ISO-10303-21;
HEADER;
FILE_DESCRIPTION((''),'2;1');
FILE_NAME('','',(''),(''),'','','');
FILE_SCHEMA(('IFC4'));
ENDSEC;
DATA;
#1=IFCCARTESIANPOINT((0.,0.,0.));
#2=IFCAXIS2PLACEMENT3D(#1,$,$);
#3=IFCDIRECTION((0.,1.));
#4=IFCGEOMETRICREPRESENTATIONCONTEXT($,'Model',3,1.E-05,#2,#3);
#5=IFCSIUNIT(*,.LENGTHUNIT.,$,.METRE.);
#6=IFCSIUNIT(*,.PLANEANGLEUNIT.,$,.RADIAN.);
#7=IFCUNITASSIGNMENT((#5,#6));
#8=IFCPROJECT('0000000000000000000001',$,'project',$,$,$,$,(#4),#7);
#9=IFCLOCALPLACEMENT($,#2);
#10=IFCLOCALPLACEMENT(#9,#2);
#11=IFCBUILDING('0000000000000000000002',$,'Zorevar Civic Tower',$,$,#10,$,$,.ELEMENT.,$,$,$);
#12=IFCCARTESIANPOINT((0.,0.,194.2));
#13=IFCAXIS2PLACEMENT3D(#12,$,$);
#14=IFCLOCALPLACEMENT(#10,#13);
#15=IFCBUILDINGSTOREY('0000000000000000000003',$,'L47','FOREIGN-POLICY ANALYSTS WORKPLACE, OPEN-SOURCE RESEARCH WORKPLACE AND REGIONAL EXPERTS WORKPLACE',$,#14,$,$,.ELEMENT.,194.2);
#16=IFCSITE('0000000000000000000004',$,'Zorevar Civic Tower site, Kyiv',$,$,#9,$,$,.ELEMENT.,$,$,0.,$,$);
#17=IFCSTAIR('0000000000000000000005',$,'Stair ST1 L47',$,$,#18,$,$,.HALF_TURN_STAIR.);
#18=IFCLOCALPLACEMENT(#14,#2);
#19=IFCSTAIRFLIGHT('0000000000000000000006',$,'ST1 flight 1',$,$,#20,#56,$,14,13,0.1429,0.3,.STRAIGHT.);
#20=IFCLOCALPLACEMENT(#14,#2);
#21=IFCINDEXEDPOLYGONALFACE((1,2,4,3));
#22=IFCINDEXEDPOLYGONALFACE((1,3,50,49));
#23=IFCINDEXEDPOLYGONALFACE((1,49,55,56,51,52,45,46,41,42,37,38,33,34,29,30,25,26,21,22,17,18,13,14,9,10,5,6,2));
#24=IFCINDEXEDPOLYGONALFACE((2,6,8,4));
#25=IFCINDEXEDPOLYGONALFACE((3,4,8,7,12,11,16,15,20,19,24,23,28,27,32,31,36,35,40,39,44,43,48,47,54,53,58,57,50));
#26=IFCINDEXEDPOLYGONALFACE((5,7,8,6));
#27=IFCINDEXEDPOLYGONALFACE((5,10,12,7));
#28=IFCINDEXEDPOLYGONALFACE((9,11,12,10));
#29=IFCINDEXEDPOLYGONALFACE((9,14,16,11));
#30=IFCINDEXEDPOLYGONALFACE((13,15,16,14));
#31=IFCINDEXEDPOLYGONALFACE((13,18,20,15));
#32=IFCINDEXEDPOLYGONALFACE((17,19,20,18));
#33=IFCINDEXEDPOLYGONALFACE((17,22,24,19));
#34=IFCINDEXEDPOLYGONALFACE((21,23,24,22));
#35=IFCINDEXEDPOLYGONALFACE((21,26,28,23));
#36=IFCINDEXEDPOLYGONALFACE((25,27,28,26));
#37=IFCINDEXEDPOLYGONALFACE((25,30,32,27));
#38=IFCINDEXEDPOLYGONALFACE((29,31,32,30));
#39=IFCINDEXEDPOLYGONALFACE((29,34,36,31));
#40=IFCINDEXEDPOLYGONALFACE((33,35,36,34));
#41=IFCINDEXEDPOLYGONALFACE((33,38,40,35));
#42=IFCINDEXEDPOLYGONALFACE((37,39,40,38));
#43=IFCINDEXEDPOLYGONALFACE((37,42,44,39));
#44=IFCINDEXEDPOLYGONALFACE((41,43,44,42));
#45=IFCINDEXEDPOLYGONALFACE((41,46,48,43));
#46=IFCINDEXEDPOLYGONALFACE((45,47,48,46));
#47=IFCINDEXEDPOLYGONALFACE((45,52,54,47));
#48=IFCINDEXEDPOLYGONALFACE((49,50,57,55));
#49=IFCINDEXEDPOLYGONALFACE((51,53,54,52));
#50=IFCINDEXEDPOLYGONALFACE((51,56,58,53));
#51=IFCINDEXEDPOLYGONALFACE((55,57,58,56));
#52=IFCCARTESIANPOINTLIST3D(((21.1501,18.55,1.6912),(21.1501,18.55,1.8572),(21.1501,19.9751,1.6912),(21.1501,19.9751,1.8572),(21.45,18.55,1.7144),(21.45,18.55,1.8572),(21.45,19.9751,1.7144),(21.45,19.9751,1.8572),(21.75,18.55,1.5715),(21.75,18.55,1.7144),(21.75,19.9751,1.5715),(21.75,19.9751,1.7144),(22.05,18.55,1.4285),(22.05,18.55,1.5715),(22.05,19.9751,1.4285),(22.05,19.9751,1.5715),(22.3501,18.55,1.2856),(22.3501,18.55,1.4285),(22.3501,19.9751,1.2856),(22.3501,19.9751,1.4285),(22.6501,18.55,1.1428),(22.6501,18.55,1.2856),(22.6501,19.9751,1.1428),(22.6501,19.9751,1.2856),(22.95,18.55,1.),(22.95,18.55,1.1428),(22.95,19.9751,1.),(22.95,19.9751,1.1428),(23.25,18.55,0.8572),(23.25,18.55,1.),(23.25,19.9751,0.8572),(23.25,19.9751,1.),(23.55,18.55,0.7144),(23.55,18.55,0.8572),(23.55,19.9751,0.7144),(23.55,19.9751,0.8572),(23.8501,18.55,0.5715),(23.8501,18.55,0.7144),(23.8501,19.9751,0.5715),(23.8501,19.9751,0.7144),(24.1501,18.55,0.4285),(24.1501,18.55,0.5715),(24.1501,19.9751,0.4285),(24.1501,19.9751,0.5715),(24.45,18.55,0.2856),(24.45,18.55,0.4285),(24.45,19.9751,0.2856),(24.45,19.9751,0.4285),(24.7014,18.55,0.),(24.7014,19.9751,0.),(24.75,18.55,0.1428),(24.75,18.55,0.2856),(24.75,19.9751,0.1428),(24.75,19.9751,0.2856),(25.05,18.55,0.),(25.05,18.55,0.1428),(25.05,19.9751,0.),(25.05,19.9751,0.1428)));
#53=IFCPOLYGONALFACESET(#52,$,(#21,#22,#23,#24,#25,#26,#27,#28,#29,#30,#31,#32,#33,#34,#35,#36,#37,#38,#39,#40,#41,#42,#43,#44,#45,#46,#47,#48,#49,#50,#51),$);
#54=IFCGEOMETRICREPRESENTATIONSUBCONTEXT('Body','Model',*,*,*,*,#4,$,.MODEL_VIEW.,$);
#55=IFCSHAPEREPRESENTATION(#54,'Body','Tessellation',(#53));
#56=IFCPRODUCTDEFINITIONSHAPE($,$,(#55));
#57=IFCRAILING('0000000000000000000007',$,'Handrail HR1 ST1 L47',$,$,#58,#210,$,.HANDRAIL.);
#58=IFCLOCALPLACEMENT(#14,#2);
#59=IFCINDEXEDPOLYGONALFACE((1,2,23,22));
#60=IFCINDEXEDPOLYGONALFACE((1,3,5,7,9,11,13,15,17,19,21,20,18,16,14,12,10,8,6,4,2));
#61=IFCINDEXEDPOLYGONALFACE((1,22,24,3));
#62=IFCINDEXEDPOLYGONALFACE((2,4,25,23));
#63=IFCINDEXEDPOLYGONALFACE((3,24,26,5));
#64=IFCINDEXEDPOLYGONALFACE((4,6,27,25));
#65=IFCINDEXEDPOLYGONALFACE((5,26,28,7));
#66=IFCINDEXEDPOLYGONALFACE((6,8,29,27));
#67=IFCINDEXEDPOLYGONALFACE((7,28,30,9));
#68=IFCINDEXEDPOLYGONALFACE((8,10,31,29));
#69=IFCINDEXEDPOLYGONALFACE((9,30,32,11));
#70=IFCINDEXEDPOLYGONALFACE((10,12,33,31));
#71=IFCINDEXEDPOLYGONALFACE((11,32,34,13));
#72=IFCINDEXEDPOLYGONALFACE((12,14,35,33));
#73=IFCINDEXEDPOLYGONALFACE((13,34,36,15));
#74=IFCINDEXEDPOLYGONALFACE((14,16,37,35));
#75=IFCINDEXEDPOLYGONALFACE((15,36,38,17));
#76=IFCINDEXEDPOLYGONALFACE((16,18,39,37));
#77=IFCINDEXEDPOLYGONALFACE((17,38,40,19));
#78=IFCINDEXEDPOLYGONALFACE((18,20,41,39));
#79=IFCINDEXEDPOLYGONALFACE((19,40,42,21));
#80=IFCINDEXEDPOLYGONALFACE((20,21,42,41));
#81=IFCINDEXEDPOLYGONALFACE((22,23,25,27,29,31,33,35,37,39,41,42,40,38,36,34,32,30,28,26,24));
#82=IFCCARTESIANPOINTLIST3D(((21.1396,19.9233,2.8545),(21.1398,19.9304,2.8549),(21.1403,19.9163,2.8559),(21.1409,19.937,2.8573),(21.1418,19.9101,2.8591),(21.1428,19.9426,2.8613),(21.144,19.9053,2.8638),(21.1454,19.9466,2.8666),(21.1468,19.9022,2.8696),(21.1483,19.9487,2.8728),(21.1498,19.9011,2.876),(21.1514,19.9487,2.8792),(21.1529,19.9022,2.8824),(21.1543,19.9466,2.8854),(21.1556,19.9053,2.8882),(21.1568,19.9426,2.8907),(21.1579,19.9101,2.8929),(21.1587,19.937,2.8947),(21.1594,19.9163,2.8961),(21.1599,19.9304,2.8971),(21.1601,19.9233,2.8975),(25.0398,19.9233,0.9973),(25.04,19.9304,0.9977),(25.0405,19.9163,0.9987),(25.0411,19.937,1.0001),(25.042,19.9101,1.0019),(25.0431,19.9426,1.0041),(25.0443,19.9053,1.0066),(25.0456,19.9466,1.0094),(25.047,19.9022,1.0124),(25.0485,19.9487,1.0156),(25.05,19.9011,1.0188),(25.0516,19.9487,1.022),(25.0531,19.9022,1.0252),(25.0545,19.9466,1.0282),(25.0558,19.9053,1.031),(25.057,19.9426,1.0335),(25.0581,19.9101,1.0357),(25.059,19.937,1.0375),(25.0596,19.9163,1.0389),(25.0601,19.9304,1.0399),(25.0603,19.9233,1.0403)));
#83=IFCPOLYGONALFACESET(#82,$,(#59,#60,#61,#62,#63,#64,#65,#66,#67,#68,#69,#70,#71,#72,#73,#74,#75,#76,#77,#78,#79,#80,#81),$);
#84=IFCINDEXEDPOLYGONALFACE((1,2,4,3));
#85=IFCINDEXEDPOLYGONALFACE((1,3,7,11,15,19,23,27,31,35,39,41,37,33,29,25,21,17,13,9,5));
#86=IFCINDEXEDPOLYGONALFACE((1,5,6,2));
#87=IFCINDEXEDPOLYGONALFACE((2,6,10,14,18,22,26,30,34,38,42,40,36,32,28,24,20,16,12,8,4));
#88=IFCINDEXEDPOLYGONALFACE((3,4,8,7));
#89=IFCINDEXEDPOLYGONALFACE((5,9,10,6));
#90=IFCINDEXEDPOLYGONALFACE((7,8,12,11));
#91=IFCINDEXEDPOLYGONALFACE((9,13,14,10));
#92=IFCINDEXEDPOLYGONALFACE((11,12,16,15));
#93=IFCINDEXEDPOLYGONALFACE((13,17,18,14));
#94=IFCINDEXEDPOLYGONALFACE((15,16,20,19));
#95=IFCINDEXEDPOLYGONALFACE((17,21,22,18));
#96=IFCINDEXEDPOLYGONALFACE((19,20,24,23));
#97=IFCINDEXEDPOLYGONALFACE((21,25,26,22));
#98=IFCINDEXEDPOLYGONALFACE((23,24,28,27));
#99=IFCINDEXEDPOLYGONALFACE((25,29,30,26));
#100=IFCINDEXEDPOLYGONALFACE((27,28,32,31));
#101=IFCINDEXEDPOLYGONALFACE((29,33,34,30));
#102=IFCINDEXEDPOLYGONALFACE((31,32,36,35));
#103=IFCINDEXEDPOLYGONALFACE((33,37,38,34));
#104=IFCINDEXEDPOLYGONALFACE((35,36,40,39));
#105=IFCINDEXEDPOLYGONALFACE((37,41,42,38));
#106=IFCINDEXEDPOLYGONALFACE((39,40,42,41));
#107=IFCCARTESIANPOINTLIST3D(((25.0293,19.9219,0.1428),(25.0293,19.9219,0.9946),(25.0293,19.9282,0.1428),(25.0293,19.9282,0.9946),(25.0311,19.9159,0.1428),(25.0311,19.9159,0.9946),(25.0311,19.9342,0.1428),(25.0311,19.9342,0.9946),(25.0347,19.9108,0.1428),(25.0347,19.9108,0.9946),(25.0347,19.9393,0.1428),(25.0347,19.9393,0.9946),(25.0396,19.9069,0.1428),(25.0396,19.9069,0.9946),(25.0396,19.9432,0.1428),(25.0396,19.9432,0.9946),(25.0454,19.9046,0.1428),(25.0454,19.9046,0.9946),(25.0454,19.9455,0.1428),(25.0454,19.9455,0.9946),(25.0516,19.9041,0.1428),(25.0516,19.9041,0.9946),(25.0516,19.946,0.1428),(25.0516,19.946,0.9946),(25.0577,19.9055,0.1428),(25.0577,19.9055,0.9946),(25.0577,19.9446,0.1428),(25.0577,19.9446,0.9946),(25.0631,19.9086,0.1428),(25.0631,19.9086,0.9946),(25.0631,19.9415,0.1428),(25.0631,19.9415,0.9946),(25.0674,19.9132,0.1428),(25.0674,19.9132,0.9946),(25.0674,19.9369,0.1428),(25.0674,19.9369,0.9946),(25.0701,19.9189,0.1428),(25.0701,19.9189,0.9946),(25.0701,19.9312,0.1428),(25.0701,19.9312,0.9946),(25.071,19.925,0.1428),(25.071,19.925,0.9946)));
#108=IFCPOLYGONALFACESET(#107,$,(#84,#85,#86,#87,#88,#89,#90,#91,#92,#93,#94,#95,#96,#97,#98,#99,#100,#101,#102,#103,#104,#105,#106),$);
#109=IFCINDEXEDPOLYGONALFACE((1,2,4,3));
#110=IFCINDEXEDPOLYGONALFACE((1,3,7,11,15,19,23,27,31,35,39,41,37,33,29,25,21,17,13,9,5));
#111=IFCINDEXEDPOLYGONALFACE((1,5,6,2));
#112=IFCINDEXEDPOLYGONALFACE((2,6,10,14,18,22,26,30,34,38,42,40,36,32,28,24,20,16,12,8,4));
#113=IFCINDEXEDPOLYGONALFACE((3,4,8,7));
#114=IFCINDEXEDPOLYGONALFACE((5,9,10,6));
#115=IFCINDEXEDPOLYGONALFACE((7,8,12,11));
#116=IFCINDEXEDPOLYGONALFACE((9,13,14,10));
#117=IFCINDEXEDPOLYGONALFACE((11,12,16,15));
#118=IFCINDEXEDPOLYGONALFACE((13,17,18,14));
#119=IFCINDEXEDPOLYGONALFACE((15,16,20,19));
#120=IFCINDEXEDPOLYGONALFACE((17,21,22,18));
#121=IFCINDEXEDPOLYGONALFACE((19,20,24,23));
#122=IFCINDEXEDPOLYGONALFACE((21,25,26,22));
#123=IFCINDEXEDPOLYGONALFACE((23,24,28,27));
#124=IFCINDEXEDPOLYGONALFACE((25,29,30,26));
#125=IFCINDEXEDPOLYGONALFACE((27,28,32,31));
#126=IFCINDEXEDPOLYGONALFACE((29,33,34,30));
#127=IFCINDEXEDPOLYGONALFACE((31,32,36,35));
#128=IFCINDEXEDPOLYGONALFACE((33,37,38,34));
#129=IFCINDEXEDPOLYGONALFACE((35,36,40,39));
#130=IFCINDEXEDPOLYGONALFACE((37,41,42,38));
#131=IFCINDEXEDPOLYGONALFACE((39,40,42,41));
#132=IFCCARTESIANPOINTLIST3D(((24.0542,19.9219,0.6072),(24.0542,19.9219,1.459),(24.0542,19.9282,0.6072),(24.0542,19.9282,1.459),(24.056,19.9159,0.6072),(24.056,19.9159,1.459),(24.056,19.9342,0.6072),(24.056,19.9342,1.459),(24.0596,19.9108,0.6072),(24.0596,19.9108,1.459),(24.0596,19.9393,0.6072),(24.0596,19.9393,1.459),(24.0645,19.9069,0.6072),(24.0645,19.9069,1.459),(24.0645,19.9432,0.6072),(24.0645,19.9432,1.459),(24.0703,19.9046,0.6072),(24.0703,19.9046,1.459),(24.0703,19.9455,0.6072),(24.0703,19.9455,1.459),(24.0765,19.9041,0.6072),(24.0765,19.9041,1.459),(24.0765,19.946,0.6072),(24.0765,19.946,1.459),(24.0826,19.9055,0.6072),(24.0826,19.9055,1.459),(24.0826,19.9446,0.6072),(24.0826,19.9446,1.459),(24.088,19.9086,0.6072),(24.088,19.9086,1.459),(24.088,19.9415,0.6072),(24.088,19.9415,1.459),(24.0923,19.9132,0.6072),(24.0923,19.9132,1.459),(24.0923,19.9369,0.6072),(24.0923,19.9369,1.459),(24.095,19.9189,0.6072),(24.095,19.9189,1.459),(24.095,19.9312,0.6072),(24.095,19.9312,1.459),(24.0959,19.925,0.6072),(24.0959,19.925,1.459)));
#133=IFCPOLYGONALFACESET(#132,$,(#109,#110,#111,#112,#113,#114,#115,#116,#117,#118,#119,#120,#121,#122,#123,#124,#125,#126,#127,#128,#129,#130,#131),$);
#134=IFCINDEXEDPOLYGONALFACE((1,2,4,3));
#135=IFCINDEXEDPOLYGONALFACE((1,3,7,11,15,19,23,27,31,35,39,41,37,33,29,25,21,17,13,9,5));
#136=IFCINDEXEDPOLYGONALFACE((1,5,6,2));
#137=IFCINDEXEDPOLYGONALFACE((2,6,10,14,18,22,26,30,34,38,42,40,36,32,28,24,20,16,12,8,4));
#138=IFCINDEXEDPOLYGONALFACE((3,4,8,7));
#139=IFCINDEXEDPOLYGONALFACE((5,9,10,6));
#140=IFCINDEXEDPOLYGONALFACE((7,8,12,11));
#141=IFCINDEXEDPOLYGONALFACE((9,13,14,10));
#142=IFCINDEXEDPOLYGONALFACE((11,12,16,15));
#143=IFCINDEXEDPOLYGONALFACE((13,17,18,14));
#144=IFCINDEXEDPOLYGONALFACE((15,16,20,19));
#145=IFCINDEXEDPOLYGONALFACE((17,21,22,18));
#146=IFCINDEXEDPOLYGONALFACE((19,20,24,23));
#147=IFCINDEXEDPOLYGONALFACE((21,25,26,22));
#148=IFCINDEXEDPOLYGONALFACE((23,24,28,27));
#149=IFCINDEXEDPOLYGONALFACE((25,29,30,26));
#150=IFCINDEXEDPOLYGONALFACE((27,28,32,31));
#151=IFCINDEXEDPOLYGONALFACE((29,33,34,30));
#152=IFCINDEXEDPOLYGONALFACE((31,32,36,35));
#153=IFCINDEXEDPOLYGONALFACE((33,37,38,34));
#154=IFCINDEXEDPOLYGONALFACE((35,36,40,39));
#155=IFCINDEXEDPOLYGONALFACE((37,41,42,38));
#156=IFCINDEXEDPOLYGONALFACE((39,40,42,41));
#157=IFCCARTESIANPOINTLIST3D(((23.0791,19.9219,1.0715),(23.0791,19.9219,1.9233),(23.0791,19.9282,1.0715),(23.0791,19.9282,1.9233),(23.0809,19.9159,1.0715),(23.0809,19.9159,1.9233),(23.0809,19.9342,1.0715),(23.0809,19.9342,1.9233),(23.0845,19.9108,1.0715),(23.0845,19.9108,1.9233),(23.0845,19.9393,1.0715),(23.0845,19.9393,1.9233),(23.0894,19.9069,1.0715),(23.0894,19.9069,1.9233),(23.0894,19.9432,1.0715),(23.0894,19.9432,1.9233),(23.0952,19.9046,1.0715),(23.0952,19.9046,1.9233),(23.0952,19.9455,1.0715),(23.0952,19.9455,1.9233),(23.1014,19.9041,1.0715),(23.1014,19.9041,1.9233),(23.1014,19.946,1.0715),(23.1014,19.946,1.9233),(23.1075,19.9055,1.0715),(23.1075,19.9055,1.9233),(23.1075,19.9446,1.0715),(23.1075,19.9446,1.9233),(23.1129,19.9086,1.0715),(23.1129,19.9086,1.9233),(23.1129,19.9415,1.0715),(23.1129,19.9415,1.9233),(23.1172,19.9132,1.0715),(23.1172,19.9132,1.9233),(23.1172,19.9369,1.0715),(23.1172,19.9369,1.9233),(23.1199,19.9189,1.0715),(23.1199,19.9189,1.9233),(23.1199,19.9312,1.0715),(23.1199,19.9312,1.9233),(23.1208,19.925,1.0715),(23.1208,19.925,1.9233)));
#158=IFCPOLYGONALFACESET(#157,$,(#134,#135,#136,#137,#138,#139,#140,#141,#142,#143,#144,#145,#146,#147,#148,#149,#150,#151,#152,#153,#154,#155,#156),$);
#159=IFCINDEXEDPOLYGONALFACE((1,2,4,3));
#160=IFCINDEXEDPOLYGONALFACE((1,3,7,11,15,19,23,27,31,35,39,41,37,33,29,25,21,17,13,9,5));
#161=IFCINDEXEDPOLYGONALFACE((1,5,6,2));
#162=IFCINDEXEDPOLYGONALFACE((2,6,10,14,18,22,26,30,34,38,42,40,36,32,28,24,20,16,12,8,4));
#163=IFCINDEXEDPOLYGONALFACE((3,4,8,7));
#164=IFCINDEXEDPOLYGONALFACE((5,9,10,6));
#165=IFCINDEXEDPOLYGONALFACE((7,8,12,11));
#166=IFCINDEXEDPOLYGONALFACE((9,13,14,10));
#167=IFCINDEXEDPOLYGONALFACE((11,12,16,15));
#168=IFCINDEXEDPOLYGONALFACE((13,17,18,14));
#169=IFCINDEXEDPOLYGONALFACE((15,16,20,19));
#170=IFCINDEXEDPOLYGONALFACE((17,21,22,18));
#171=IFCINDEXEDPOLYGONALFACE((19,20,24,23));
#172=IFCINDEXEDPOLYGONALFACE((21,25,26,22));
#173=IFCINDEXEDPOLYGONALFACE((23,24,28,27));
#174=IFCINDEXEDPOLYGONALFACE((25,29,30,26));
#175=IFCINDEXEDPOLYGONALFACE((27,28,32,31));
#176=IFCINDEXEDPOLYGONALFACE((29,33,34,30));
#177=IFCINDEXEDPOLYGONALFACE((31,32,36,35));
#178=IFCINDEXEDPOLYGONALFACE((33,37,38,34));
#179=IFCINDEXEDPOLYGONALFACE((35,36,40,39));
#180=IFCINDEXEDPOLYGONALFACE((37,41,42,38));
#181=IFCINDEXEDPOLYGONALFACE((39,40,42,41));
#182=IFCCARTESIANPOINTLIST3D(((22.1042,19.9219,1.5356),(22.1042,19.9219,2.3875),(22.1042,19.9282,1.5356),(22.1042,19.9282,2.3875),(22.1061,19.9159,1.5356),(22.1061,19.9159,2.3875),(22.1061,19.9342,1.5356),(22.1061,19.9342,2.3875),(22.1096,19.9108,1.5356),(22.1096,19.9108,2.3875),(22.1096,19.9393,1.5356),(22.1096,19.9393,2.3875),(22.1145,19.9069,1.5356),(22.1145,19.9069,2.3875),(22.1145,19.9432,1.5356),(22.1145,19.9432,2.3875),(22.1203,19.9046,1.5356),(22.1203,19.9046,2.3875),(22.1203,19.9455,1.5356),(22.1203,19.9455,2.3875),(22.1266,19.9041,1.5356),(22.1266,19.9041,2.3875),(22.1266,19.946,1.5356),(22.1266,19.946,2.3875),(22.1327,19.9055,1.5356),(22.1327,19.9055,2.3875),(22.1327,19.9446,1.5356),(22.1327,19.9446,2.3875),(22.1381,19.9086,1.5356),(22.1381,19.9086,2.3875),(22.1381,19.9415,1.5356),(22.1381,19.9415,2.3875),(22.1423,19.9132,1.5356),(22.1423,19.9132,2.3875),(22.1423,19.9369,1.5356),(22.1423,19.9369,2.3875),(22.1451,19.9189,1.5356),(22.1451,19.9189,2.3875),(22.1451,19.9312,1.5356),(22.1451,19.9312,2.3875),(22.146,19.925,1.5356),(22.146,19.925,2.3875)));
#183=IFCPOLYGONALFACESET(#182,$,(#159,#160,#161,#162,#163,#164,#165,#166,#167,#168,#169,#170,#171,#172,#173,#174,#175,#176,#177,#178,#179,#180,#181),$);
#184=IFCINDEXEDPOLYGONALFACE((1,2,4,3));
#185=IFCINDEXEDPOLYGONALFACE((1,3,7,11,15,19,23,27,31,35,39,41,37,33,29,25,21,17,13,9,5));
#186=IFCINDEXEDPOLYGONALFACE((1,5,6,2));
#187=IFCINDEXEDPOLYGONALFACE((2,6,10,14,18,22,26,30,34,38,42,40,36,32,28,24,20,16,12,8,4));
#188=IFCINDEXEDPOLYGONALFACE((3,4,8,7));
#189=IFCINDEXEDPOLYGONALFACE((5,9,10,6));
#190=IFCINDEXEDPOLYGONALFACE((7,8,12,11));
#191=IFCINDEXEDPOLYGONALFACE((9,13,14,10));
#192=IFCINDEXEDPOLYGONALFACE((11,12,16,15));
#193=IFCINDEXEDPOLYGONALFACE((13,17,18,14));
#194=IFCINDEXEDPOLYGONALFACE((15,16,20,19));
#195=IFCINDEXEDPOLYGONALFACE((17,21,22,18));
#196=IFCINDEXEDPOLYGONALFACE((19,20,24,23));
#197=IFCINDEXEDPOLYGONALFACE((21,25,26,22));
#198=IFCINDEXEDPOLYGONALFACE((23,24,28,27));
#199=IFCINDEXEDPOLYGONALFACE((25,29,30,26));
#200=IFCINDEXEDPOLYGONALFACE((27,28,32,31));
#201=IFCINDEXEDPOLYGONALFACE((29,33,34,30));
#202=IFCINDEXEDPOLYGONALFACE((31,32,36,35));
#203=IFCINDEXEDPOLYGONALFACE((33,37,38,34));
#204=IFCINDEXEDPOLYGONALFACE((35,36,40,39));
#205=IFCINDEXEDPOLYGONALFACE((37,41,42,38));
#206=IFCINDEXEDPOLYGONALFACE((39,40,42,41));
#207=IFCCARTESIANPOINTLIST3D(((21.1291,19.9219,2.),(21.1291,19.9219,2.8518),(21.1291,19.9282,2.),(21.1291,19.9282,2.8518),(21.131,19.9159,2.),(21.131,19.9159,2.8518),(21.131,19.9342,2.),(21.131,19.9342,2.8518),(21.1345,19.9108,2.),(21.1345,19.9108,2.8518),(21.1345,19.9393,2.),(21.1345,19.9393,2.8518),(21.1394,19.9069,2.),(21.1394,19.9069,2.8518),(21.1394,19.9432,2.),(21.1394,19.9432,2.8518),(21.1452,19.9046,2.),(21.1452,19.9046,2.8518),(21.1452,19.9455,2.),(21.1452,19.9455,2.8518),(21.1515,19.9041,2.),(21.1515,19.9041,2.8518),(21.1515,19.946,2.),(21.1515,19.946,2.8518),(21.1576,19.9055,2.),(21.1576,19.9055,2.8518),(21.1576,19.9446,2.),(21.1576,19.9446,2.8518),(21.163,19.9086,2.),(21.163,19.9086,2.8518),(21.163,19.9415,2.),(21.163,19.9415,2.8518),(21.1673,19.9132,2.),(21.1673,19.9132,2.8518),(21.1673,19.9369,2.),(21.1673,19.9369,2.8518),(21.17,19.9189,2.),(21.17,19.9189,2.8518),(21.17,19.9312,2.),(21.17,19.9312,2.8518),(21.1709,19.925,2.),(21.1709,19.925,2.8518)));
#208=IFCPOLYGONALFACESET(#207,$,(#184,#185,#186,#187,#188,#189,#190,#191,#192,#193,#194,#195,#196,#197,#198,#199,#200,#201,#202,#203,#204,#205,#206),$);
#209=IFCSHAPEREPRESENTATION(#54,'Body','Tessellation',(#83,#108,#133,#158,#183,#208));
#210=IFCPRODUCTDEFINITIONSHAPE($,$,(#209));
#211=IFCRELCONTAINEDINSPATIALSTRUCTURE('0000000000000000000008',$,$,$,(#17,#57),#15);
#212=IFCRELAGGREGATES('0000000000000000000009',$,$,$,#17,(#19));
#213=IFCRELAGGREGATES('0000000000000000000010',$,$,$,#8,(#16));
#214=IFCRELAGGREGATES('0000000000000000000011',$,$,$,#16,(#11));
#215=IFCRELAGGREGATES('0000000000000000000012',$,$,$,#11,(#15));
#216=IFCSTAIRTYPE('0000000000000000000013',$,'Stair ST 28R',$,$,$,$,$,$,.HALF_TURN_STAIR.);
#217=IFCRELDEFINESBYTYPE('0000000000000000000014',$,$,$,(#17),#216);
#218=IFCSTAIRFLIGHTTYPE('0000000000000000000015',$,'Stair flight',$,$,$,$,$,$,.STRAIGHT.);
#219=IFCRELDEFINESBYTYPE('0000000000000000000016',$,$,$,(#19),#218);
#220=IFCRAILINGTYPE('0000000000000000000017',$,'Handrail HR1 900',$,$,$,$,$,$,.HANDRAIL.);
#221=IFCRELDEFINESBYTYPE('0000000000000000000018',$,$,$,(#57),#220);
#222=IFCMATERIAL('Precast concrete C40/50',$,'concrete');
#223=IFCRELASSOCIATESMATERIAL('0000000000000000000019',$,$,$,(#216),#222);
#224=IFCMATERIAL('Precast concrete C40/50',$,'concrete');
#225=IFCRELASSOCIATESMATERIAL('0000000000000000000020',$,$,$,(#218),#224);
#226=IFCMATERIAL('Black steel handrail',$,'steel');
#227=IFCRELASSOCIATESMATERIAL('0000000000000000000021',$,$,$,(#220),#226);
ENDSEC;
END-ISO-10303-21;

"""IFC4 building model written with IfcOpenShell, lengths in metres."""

from ifc_helpers import new_model, si_unit, direction, frame, origin, origin_2d, place, context, subcontext, project, spatial, polyline, circle, outline, extrude, material, type_object, element, aggregate, save


model = new_model("IFC4")

# Units and contexts
model_context = context("Model", 3, precision=1e-05, world=origin(), true_north=direction((0.0, 1.0)))
body_context = subcontext(model_context, "Body", "Model", "MODEL_VIEW")
ifc_project = project(units=[si_unit("LENGTHUNIT", "METRE"), si_unit("PLANEANGLEUNIT", "RADIAN")], contexts=[model_context])

# Site, building, storey
site_placement = place(None, origin())
site = spatial("IfcSite", under=ifc_project, at=site_placement, Name="Zorevar Civic Tower site, Kyiv", CompositionType="ELEMENT", RefElevation=0.0)
building_placement = place(site_placement, origin())
building = spatial("IfcBuilding", under=site, at=building_placement, Name="Zorevar Civic Tower", CompositionType="ELEMENT")
storey_placement = place(building_placement, frame((0.0, 0.0, 194.2)))
storey = spatial("IfcBuildingStorey", under=building, at=storey_placement, Name="L47", Description="FOREIGN-POLICY ANALYSTS WORKPLACE, OPEN-SOURCE RESEARCH WORKPLACE AND REGIONAL EXPERTS WORKPLACE", CompositionType="ELEMENT", Elevation=194.2)

# Stair, stair flight
ifc_material_1 = material(Name="Precast concrete C40/50", Category="concrete")
stair_type = type_object("IfcStairType", Name="Stair ST 28R", PredefinedType="HALF_TURN_STAIR", material=ifc_material_1)
stair_placement = place(storey_placement, origin())
stair = element("IfcStair", 1, at=stair_placement, inside=storey, type_object=stair_type, Name="Stair ST1 L47", PredefinedType="HALF_TURN_STAIR")
ifc_material_2 = material(Name="Precast concrete C40/50", Category="concrete")
stair_flight_type = type_object("IfcStairFlightType", Name="Stair flight", PredefinedType="STRAIGHT", material=ifc_material_2)
stair_flight_placement = place(storey_placement, frame((25.05, 19.2625, 0.0), z_axis=(0.0, 0.0, 1.0), x_axis=(-1.0, 0.0, 0.0)))
stair_flight = element("IfcStairFlight", 2, at=stair_flight_placement, type_object=stair_flight_type, Name="ST1 flight 1", NumberOfRisers=14, NumberOfTreads=13, PredefinedType="STRAIGHT", RiserHeight=0.1429, TreadLength=0.3, context=body_context, shape_type="SweptSolid", body=[
    extrude(outline(polyline([(0.0, 0.0), (0.0, 0.1428), (0.3, 0.1428), (0.3, 0.2856), (0.6001, 0.2856), (0.6001, 0.4285), (0.8999, 0.4285), (0.8999, 0.5715), (1.2, 0.5715), (1.2, 0.7144), (1.5, 0.7144), (1.5, 0.8572), (1.8, 0.8572), (1.8, 1.0), (2.1001, 1.0), (2.1001, 1.1428), (2.3999, 1.1428), (2.3999, 1.2856), (2.7, 1.2856), (2.7, 1.4285), (3.0, 1.4285), (3.0, 1.5715), (3.3, 1.5715), (3.3, 1.7144), (3.6001, 1.7144), (3.6001, 1.8572), (3.8999, 1.8572), (3.8999, 2.0), (3.8999, 1.6912), (0.3486, 0.0), (0.0, 0.0)])), frame((0.0, 0.7124, 0.0), z_axis=(0.0, -1.0, 0.0), x_axis=(1.0, 0.0, 0.0)), (0.0, 0.0, 1.0), 1.425),
])
aggregate(stair, [stair_flight])

# Railing
ifc_material_3 = material(Name="Black steel handrail", Category="steel")
railing_type = type_object("IfcRailingType", Name="Handrail HR1 900", PredefinedType="HANDRAIL", material=ifc_material_3)
railing_1_placement = place(storey_placement, frame((25.05, 19.925, 0.1428)))
element("IfcRailing", 3, at=railing_1_placement, inside=storey, type_object=railing_type, Name="Handrail HR1 ST1 L47", PredefinedType="HANDRAIL", context=body_context, shape_type="SweptSolid", body=[
    extrude(circle(Radius=0.0239, at=origin_2d()), frame((0.0, 0.0, 0.876), z_axis=(-0.902864, 0.0, 0.429927), x_axis=(0.0, -1.0, 0.0)), (0.0, 0.0, 1.0), 4.3198),
    extrude(circle(Radius=0.021, at=origin_2d()), origin(), (0.0, 0.0, 1.0), 0.8518),
    extrude(circle(Radius=0.021, at=origin_2d()), frame((-0.9751, 0.0, 0.4644)), (0.0, 0.0, 1.0), 0.8518),
    extrude(circle(Radius=0.021, at=origin_2d()), frame((-1.9502, 0.0, 0.9287)), (0.0, 0.0, 1.0), 0.8518),
    extrude(circle(Radius=0.021, at=origin_2d()), frame((-2.925, 0.0, 1.3928)), (0.0, 0.0, 1.0), 0.8518),
    extrude(circle(Radius=0.021, at=origin_2d()), frame((-3.9001, 0.0, 1.8572)), (0.0, 0.0, 1.0), 0.8518),
])

save(model, "model.ifc")
